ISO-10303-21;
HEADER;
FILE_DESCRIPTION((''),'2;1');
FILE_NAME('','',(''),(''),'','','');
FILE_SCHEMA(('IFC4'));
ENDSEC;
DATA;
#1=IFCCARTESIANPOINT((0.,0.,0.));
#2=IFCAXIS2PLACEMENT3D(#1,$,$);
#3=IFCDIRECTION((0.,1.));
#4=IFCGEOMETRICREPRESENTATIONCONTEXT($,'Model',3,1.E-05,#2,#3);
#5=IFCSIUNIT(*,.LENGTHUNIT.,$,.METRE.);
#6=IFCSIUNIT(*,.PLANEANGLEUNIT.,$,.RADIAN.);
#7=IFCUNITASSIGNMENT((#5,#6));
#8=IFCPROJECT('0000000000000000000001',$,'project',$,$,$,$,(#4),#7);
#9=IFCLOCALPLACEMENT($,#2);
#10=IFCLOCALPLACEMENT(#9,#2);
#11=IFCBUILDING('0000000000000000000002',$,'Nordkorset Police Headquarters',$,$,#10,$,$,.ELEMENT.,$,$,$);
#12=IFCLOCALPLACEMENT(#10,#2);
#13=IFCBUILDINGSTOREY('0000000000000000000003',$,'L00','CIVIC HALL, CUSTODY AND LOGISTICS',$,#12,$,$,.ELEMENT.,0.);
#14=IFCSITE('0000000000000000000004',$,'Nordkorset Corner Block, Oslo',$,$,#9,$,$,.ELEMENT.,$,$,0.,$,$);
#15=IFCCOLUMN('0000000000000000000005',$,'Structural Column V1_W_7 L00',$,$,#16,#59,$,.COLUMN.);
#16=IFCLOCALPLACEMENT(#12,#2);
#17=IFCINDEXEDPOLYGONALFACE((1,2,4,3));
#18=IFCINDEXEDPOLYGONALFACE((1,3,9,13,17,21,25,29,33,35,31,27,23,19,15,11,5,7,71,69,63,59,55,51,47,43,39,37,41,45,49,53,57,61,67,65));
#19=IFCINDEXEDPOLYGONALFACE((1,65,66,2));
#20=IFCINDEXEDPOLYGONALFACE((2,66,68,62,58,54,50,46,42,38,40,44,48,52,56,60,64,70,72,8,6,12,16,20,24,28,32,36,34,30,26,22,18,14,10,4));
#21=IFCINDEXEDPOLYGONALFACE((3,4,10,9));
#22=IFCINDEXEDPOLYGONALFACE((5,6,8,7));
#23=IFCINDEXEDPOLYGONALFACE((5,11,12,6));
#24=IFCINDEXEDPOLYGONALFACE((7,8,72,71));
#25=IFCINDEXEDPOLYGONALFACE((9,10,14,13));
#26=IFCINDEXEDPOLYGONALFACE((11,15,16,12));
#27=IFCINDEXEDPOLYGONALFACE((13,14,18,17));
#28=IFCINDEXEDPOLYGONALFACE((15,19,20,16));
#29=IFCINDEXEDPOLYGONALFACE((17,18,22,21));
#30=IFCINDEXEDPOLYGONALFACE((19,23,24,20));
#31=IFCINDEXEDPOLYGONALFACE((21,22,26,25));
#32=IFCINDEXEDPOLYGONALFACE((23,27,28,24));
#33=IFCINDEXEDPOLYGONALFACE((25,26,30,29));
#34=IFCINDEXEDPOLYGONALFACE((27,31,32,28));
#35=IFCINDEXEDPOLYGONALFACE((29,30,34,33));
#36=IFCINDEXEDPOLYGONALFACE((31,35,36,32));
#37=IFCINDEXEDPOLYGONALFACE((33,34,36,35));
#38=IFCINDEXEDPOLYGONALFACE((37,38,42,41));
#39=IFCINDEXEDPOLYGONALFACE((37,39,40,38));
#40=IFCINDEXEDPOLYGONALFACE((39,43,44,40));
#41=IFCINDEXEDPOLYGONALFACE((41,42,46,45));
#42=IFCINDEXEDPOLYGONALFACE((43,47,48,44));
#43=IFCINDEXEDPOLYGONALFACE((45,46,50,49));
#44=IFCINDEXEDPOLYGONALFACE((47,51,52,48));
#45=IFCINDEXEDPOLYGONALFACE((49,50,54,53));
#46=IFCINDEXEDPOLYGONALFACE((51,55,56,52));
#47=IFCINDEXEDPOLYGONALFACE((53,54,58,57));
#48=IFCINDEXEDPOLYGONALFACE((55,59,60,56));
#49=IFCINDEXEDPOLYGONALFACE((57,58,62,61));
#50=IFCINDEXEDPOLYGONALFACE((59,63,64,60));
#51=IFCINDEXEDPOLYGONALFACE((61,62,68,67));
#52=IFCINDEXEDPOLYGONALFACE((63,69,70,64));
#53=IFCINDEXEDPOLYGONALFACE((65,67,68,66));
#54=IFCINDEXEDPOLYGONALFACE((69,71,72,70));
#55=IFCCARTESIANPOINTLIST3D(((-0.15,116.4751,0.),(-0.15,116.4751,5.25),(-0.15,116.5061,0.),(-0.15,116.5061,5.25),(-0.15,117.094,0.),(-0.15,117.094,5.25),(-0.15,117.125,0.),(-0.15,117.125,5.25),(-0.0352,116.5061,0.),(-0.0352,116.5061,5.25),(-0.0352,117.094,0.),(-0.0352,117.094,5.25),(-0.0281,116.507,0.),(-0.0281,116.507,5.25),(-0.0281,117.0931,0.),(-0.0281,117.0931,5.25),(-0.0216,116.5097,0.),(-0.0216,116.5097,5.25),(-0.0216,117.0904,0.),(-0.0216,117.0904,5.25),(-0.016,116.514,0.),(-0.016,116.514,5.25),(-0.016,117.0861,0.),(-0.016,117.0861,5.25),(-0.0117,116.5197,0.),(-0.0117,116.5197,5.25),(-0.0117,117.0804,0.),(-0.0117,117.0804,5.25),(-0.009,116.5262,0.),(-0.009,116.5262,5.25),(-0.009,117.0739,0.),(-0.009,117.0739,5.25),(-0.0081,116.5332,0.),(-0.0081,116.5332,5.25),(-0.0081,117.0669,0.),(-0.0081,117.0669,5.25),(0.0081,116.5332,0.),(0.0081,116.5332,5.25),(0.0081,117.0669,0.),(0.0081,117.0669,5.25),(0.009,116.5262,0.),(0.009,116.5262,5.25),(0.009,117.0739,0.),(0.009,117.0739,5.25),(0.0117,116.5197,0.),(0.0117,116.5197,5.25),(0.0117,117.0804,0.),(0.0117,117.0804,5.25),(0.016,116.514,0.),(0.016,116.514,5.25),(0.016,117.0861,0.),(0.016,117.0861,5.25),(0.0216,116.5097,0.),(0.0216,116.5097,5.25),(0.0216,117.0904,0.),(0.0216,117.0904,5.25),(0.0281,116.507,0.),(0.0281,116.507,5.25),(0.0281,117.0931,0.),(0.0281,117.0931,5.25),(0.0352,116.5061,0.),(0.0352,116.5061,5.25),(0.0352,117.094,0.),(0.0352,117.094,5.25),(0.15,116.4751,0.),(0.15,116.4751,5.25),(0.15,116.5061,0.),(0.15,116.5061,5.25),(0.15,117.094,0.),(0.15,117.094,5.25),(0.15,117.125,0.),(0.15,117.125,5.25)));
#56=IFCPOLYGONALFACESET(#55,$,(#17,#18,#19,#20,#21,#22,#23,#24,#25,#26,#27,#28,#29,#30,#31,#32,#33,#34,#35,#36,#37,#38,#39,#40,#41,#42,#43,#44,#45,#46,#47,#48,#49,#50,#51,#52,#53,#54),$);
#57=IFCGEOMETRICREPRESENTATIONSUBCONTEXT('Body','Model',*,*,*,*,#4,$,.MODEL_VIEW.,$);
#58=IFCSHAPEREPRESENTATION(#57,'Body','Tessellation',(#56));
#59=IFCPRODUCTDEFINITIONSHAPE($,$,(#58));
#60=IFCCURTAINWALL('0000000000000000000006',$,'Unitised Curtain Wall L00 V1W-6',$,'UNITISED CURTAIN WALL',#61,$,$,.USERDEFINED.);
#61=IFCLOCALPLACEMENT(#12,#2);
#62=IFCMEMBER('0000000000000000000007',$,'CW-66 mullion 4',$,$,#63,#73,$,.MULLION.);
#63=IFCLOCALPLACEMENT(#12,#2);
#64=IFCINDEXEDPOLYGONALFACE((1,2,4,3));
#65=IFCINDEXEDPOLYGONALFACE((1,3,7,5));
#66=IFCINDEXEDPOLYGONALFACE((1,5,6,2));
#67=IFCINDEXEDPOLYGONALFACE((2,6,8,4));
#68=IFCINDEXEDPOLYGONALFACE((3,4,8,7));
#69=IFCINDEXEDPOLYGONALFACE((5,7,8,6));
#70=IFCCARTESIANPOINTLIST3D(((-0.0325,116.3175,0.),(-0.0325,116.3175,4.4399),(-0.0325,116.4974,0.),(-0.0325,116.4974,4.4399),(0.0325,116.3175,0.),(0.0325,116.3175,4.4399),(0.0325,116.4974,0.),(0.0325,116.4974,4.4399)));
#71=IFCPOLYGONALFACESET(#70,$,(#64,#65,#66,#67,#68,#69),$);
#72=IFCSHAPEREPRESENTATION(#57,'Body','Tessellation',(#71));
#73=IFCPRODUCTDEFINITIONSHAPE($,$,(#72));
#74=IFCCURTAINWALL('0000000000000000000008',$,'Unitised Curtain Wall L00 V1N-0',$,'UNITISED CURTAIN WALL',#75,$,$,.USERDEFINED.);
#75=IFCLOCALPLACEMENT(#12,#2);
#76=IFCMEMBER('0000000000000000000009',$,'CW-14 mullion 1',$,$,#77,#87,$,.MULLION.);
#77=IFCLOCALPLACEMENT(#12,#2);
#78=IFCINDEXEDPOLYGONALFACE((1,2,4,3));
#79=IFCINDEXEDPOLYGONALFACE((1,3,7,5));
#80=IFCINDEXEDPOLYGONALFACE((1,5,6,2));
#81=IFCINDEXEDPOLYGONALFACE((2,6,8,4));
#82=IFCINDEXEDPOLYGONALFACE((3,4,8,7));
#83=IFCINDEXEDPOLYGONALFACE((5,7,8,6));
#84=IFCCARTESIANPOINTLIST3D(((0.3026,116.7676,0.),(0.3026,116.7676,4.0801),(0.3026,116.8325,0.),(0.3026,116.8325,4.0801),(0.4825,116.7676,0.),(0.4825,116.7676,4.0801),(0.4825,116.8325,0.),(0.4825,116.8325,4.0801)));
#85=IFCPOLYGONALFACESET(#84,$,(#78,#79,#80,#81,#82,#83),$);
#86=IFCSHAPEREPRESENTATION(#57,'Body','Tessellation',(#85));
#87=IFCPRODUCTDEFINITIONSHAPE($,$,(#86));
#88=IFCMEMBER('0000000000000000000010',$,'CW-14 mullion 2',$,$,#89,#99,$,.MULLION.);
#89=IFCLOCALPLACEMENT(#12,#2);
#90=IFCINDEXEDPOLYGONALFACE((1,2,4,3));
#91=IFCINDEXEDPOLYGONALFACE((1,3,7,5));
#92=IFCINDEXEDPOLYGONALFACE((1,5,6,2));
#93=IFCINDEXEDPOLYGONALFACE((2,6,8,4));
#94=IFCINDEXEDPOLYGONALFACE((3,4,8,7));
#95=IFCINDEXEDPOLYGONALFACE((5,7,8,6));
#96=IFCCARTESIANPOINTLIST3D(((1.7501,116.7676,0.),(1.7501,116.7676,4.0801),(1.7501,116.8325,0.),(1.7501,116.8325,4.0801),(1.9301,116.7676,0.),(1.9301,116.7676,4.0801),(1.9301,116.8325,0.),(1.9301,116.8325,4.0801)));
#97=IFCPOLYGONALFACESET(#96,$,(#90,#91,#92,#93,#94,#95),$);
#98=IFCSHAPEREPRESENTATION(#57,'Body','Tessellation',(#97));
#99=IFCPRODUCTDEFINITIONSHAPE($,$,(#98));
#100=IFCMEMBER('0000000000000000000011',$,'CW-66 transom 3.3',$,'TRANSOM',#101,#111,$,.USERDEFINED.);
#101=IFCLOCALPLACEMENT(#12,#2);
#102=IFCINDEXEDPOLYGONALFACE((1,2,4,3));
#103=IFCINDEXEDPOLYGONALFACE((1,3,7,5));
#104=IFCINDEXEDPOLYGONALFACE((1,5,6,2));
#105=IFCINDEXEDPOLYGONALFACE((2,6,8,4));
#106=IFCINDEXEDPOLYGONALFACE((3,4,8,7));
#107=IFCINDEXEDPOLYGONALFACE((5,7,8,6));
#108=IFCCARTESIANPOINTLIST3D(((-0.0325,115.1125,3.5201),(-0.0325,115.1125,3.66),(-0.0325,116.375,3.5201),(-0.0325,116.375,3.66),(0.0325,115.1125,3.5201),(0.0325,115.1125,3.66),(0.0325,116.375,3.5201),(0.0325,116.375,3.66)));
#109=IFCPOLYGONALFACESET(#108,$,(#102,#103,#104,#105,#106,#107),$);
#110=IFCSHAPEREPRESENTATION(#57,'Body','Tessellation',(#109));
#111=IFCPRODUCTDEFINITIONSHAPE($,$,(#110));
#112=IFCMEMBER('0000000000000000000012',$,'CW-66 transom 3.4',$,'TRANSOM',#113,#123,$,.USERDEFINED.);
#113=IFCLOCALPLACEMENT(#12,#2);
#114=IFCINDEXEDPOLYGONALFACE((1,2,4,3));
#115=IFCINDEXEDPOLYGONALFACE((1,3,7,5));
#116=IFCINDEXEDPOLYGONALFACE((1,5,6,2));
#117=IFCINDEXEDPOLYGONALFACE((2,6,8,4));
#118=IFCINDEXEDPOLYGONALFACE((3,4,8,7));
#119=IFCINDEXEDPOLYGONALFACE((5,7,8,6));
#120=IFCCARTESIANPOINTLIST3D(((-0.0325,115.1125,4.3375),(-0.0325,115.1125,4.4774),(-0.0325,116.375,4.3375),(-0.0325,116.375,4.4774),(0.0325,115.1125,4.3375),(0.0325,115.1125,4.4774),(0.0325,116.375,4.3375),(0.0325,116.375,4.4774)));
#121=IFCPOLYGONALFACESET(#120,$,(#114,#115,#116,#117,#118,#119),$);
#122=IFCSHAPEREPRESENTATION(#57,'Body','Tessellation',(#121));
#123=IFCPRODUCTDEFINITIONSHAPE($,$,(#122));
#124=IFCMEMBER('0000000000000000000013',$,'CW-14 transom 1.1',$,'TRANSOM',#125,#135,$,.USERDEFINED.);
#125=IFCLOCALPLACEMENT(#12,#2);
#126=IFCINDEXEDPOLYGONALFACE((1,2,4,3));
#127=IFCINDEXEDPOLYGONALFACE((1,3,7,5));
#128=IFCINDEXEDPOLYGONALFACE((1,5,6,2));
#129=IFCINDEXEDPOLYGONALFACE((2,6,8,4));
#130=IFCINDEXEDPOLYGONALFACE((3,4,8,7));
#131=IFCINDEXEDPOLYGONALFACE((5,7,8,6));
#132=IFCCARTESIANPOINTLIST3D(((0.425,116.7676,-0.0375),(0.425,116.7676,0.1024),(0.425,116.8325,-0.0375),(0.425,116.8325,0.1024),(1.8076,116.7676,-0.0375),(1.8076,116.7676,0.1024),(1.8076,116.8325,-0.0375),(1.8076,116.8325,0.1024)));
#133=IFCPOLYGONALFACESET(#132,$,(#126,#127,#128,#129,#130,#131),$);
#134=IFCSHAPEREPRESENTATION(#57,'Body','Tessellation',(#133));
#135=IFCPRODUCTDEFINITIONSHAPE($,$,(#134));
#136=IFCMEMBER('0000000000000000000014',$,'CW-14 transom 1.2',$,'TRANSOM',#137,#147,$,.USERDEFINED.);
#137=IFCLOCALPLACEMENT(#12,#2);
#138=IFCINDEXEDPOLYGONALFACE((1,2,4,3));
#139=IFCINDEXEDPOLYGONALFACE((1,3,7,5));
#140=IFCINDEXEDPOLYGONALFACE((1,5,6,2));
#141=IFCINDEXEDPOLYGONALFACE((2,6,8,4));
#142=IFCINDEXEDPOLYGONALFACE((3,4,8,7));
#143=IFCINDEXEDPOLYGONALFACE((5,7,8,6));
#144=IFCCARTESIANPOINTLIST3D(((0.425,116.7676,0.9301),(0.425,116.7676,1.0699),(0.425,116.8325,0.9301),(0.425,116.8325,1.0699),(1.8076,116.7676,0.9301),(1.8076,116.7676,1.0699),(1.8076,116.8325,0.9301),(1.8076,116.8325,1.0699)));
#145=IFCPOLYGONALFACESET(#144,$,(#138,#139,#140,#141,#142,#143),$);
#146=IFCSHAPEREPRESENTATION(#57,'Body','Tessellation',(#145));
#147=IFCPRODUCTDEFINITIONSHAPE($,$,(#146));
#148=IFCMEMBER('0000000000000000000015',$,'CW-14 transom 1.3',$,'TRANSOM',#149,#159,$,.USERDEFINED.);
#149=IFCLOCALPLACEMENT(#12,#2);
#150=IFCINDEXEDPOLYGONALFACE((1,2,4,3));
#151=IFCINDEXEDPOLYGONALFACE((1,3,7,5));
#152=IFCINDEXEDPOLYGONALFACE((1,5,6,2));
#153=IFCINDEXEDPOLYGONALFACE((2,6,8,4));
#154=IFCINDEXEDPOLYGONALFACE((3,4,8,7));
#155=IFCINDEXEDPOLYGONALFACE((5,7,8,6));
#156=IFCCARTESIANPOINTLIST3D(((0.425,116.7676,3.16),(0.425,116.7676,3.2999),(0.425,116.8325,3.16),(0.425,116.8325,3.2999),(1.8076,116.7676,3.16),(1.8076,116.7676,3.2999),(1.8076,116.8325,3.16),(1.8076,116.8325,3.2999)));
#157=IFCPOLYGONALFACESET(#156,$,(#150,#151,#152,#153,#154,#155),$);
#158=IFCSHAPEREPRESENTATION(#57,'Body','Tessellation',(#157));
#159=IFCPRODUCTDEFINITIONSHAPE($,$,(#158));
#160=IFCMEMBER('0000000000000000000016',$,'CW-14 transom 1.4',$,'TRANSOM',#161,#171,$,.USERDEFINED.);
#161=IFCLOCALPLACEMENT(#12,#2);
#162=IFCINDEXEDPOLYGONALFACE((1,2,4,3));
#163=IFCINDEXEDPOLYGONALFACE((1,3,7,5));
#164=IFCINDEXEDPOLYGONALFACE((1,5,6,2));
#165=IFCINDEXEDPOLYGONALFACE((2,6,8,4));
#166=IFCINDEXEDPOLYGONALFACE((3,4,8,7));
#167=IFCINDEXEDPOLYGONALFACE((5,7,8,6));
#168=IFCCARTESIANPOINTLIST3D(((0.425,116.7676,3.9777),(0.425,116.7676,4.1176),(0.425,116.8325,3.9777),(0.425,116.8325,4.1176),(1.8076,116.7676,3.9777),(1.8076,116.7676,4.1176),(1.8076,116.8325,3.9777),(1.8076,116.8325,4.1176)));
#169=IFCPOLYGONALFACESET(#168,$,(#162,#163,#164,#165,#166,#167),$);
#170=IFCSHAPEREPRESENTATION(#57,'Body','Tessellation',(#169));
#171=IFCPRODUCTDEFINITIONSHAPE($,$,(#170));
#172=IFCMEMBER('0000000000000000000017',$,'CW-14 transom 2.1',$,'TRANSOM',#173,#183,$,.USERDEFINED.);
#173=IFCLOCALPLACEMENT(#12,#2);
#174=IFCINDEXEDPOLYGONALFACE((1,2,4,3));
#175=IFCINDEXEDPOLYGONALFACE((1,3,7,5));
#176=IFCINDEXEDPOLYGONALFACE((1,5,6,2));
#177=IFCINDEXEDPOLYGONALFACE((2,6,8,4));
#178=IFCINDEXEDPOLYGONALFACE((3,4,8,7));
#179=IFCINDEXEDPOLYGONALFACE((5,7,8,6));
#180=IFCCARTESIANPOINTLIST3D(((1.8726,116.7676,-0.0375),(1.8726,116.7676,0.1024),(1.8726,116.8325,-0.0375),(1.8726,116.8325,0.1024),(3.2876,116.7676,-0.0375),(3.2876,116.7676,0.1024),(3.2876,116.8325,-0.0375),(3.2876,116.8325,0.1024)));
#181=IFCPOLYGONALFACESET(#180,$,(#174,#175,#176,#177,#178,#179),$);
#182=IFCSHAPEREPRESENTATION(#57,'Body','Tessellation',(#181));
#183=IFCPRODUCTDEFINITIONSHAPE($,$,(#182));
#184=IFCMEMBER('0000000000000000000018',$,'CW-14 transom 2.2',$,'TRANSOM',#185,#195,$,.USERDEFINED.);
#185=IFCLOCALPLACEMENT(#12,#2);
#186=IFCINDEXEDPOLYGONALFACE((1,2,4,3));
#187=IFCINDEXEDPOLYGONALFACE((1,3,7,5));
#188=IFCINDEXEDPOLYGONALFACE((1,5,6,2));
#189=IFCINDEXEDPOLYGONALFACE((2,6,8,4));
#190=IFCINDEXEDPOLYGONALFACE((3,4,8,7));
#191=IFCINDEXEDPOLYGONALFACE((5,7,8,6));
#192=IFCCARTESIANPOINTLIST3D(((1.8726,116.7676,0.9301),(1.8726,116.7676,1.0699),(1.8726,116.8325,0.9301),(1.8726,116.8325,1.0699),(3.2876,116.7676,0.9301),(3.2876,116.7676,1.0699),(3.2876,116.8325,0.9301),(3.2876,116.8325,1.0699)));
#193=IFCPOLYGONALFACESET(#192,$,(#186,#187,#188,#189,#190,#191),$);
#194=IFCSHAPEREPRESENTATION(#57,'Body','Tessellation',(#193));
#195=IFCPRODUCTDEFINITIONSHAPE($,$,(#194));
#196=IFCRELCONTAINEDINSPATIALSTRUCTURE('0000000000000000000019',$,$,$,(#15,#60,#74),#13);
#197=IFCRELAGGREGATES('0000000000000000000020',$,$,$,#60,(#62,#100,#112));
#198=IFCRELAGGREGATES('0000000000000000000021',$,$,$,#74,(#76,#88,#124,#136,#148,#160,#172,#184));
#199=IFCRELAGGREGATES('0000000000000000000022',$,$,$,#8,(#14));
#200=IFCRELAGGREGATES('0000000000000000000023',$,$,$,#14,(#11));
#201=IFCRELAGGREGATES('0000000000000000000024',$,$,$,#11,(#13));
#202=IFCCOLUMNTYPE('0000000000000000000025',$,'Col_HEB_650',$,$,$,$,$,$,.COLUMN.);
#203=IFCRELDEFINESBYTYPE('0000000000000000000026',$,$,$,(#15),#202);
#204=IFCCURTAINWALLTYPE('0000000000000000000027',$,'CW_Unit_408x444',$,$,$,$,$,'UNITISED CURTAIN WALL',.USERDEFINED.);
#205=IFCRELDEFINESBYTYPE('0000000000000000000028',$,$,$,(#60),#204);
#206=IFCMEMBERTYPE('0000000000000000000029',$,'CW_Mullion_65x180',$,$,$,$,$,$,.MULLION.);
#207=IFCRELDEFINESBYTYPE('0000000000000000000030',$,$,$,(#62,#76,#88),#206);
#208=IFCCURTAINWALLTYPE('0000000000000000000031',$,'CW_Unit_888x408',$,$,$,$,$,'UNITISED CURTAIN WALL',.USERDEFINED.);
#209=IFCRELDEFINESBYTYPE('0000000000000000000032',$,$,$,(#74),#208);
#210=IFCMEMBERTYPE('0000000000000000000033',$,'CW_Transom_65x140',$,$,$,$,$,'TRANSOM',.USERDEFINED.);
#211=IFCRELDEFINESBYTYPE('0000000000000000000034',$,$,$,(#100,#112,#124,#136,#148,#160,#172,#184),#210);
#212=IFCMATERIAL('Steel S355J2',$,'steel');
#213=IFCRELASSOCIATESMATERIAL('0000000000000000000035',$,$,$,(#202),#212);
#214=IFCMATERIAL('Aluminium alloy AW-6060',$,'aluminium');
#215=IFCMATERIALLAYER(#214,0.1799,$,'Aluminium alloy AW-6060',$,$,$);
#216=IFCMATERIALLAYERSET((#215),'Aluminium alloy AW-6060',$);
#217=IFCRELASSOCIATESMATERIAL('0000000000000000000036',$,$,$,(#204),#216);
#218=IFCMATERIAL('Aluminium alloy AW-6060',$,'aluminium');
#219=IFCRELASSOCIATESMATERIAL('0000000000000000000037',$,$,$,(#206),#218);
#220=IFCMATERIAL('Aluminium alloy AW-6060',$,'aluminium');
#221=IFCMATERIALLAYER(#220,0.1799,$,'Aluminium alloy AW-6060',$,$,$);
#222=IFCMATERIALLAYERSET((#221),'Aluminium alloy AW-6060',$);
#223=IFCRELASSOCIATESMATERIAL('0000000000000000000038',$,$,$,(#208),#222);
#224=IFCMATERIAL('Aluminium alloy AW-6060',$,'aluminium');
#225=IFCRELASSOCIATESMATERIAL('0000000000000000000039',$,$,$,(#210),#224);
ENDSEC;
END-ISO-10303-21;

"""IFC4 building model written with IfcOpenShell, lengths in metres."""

from ifc_helpers import new_model, si_unit, direction, frame, origin, origin_2d, place, context, subcontext, project, spatial, rectangle, i_section, extrude, material, layer, layer_set, material_profile, profile_set, type_object, element, aggregate, save


model = new_model("IFC4")

# Units and contexts
model_context = context("Model", 3, precision=1e-05, world=origin(), true_north=direction((0.0, 1.0)))
body_context = subcontext(model_context, "Body", "Model", "MODEL_VIEW")
ifc_project = project(units=[si_unit("LENGTHUNIT", "METRE"), si_unit("PLANEANGLEUNIT", "RADIAN")], contexts=[model_context])

# Site, building, storey
site_placement = place(None, origin())
site = spatial("IfcSite", under=ifc_project, at=site_placement, Name="Nordkorset Corner Block, Oslo", CompositionType="ELEMENT", RefElevation=0.0)
building_placement = place(site_placement, origin())
building = spatial("IfcBuilding", under=site, at=building_placement, Name="Nordkorset Police Headquarters", CompositionType="ELEMENT")
storey_placement = place(building_placement, origin())
storey = spatial("IfcBuildingStorey", under=building, at=storey_placement, Name="L00", Description="CIVIC HALL, CUSTODY AND LOGISTICS", CompositionType="ELEMENT", Elevation=0.0)

# Column
ifc_material_1 = material(Name="Steel S355J2", Category="steel")
ifc_material_profile_1 = material_profile(ifc_material_1, i_section(OverallWidth=0.3, OverallDepth=0.6499, WebThickness=0.0161, FlangeThickness=0.031, FilletRadius=0.0271, at=origin_2d()), Name="HEB 650")
ifc_profile_set_1 = profile_set([ifc_material_profile_1], Name="Steel S355J2")
column_type = type_object("IfcColumnType", Name="Col_HEB_650", PredefinedType="COLUMN", material=ifc_profile_set_1)
column_placement = place(storey_placement, frame((0.0, 116.8, 0.0), z_axis=(0.0, 0.0, 1.0), x_axis=(1.0, 0.0, 0.0)))
element("IfcColumn", 1, at=column_placement, inside=storey, type_object=column_type, Name="Structural Column V1_W_7 L00", PredefinedType="COLUMN", context=body_context, shape_type="SweptSolid", body=[
    extrude(i_section(OverallWidth=0.3, OverallDepth=0.6499, WebThickness=0.0161, FlangeThickness=0.031, FilletRadius=0.0271, at=origin_2d()), origin(), (0.0, 0.0, 1.0), 5.25),
])

# Curtain wall, member
ifc_material_2 = material(Name="Aluminium alloy AW-6060", Category="aluminium")
ifc_layer_1 = layer(ifc_material_2, 0.1799, Name="Aluminium alloy AW-6060")
ifc_layer_set_1 = layer_set([ifc_layer_1], Name="Aluminium alloy AW-6060")
curtain_wall_type_1 = type_object("IfcCurtainWallType", Name="CW_Unit_408x444", ElementType="UNITISED CURTAIN WALL", PredefinedType="USERDEFINED", material=ifc_layer_set_1)
curtain_wall_1_placement = place(storey_placement, origin())
curtain_wall_1 = element("IfcCurtainWall", 2, at=curtain_wall_1_placement, inside=storey, type_object=curtain_wall_type_1, Name="Unitised Curtain Wall L00 V1W-6", ObjectType="UNITISED CURTAIN WALL", PredefinedType="USERDEFINED")
ifc_material_3 = material(Name="Aluminium alloy AW-6060", Category="aluminium")
ifc_material_profile_2 = material_profile(ifc_material_3, rectangle(XDim=0.0649, YDim=0.1799, at=origin_2d()), Name="ALU MULL 65x180")
ifc_profile_set_2 = profile_set([ifc_material_profile_2], Name="Aluminium alloy AW-6060")
member_type_1 = type_object("IfcMemberType", Name="CW_Mullion_65x180", PredefinedType="MULLION", material=ifc_profile_set_2)
member_1_placement = place(storey_placement, frame((0.0, 116.4075, 0.0), z_axis=(0.0, 0.0, 1.0), x_axis=(-1.0, 0.0, 0.0)))
member_1 = element("IfcMember", 3, at=member_1_placement, type_object=member_type_1, Name="CW-66 mullion 4", PredefinedType="MULLION", context=body_context, shape_type="SweptSolid", body=[
    extrude(rectangle(XDim=0.0649, YDim=0.1799, at=origin_2d()), origin(), (0.0, 0.0, 1.0), 4.4399),
])

# Curtain wall, members
ifc_material_4 = material(Name="Aluminium alloy AW-6060", Category="aluminium")
ifc_layer_2 = layer(ifc_material_4, 0.1799, Name="Aluminium alloy AW-6060")
ifc_layer_set_2 = layer_set([ifc_layer_2], Name="Aluminium alloy AW-6060")
curtain_wall_type_2 = type_object("IfcCurtainWallType", Name="CW_Unit_888x408", ElementType="UNITISED CURTAIN WALL", PredefinedType="USERDEFINED", material=ifc_layer_set_2)
curtain_wall_2_placement = place(storey_placement, origin())
curtain_wall_2 = element("IfcCurtainWall", 4, at=curtain_wall_2_placement, inside=storey, type_object=curtain_wall_type_2, Name="Unitised Curtain Wall L00 V1N-0", ObjectType="UNITISED CURTAIN WALL", PredefinedType="USERDEFINED")
member_2_placement = place(storey_placement, frame((0.3926, 116.8, 0.0), z_axis=(0.0, 0.0, 1.0), x_axis=(0.0, 1.0, 0.0)))
member_2 = element("IfcMember", 5, at=member_2_placement, type_object=member_type_1, Name="CW-14 mullion 1", PredefinedType="MULLION", context=body_context, shape_type="SweptSolid", body=[
    extrude(rectangle(XDim=0.0649, YDim=0.1799, at=origin_2d()), origin(), (0.0, 0.0, 1.0), 4.0801),
])
member_3_placement = place(storey_placement, frame((1.8401, 116.8, 0.0), z_axis=(0.0, 0.0, 1.0), x_axis=(0.0, 1.0, 0.0)))
member_3 = element("IfcMember", 6, at=member_3_placement, type_object=member_type_1, Name="CW-14 mullion 2", PredefinedType="MULLION", context=body_context, shape_type="SweptSolid", body=[
    extrude(rectangle(XDim=0.0649, YDim=0.1799, at=origin_2d()), origin(), (0.0, 0.0, 1.0), 4.0801),
])

# Members
ifc_material_5 = material(Name="Aluminium alloy AW-6060", Category="aluminium")
ifc_material_profile_3 = material_profile(ifc_material_5, rectangle(XDim=0.0649, YDim=0.1399, at=origin_2d()), Name="ALU TRAN 65x140")
ifc_profile_set_3 = profile_set([ifc_material_profile_3], Name="Aluminium alloy AW-6060")
member_type_2 = type_object("IfcMemberType", Name="CW_Transom_65x140", ElementType="TRANSOM", PredefinedType="USERDEFINED", material=ifc_profile_set_3)
member_4_placement = place(storey_placement, frame((0.0, 115.1125, 3.5901), z_axis=(0.0, 1.0, 0.0), x_axis=(-1.0, 0.0, 0.0)))
member_4 = element("IfcMember", 7, at=member_4_placement, type_object=member_type_2, Name="CW-66 transom 3.3", ObjectType="TRANSOM", PredefinedType="USERDEFINED", context=body_context, shape_type="SweptSolid", body=[
    extrude(rectangle(XDim=0.0649, YDim=0.1399, at=origin_2d()), origin(), (0.0, 0.0, 1.0), 1.2625),
])
member_5_placement = place(storey_placement, frame((0.0, 115.1125, 4.4075), z_axis=(0.0, 1.0, 0.0), x_axis=(-1.0, 0.0, 0.0)))
member_5 = element("IfcMember", 8, at=member_5_placement, type_object=member_type_2, Name="CW-66 transom 3.4", ObjectType="TRANSOM", PredefinedType="USERDEFINED", context=body_context, shape_type="SweptSolid", body=[
    extrude(rectangle(XDim=0.0649, YDim=0.1399, at=origin_2d()), origin(), (0.0, 0.0, 1.0), 1.2625),
])
member_6_placement = place(storey_placement, frame((0.425, 116.8, 0.0325), z_axis=(1.0, 0.0, 0.0), x_axis=(0.0, 1.0, 0.0)))
member_6 = element("IfcMember", 9, at=member_6_placement, type_object=member_type_2, Name="CW-14 transom 1.1", ObjectType="TRANSOM", PredefinedType="USERDEFINED", context=body_context, shape_type="SweptSolid", body=[
    extrude(rectangle(XDim=0.0649, YDim=0.1399, at=origin_2d()), origin(), (0.0, 0.0, 1.0), 1.3826),
])
member_7_placement = place(storey_placement, frame((0.425, 116.8, 1.0), z_axis=(1.0, 0.0, 0.0), x_axis=(0.0, 1.0, 0.0)))
member_7 = element("IfcMember", 10, at=member_7_placement, type_object=member_type_2, Name="CW-14 transom 1.2", ObjectType="TRANSOM", PredefinedType="USERDEFINED", context=body_context, shape_type="SweptSolid", body=[
    extrude(rectangle(XDim=0.0649, YDim=0.1399, at=origin_2d()), origin(), (0.0, 0.0, 1.0), 1.3826),
])
member_8_placement = place(storey_placement, frame((0.425, 116.8, 3.23), z_axis=(1.0, 0.0, 0.0), x_axis=(0.0, 1.0, 0.0)))
member_8 = element("IfcMember", 11, at=member_8_placement, type_object=member_type_2, Name="CW-14 transom 1.3", ObjectType="TRANSOM", PredefinedType="USERDEFINED", context=body_context, shape_type="SweptSolid", body=[
    extrude(rectangle(XDim=0.0649, YDim=0.1399, at=origin_2d()), origin(), (0.0, 0.0, 1.0), 1.3826),
])
member_9_placement = place(storey_placement, frame((0.425, 116.8, 4.0476), z_axis=(1.0, 0.0, 0.0), x_axis=(0.0, 1.0, 0.0)))
member_9 = element("IfcMember", 12, at=member_9_placement, type_object=member_type_2, Name="CW-14 transom 1.4", ObjectType="TRANSOM", PredefinedType="USERDEFINED", context=body_context, shape_type="SweptSolid", body=[
    extrude(rectangle(XDim=0.0649, YDim=0.1399, at=origin_2d()), origin(), (0.0, 0.0, 1.0), 1.3826),
])
member_10_placement = place(storey_placement, frame((1.8726, 116.8, 0.0325), z_axis=(1.0, 0.0, 0.0), x_axis=(0.0, 1.0, 0.0)))
member_10 = element("IfcMember", 13, at=member_10_placement, type_object=member_type_2, Name="CW-14 transom 2.1", ObjectType="TRANSOM", PredefinedType="USERDEFINED", context=body_context, shape_type="SweptSolid", body=[
    extrude(rectangle(XDim=0.0649, YDim=0.1399, at=origin_2d()), origin(), (0.0, 0.0, 1.0), 1.415),
])
member_11_placement = place(storey_placement, frame((1.8726, 116.8, 1.0), z_axis=(1.0, 0.0, 0.0), x_axis=(0.0, 1.0, 0.0)))
member_11 = element("IfcMember", 14, at=member_11_placement, type_object=member_type_2, Name="CW-14 transom 2.2", ObjectType="TRANSOM", PredefinedType="USERDEFINED", context=body_context, shape_type="SweptSolid", body=[
    extrude(rectangle(XDim=0.0649, YDim=0.1399, at=origin_2d()), origin(), (0.0, 0.0, 1.0), 1.415),
])

aggregate(curtain_wall_1, [member_1, member_4, member_5])
aggregate(curtain_wall_2, [member_2, member_3, member_6, member_7, member_8, member_9, member_10, member_11])

save(model, "model.ifc")
